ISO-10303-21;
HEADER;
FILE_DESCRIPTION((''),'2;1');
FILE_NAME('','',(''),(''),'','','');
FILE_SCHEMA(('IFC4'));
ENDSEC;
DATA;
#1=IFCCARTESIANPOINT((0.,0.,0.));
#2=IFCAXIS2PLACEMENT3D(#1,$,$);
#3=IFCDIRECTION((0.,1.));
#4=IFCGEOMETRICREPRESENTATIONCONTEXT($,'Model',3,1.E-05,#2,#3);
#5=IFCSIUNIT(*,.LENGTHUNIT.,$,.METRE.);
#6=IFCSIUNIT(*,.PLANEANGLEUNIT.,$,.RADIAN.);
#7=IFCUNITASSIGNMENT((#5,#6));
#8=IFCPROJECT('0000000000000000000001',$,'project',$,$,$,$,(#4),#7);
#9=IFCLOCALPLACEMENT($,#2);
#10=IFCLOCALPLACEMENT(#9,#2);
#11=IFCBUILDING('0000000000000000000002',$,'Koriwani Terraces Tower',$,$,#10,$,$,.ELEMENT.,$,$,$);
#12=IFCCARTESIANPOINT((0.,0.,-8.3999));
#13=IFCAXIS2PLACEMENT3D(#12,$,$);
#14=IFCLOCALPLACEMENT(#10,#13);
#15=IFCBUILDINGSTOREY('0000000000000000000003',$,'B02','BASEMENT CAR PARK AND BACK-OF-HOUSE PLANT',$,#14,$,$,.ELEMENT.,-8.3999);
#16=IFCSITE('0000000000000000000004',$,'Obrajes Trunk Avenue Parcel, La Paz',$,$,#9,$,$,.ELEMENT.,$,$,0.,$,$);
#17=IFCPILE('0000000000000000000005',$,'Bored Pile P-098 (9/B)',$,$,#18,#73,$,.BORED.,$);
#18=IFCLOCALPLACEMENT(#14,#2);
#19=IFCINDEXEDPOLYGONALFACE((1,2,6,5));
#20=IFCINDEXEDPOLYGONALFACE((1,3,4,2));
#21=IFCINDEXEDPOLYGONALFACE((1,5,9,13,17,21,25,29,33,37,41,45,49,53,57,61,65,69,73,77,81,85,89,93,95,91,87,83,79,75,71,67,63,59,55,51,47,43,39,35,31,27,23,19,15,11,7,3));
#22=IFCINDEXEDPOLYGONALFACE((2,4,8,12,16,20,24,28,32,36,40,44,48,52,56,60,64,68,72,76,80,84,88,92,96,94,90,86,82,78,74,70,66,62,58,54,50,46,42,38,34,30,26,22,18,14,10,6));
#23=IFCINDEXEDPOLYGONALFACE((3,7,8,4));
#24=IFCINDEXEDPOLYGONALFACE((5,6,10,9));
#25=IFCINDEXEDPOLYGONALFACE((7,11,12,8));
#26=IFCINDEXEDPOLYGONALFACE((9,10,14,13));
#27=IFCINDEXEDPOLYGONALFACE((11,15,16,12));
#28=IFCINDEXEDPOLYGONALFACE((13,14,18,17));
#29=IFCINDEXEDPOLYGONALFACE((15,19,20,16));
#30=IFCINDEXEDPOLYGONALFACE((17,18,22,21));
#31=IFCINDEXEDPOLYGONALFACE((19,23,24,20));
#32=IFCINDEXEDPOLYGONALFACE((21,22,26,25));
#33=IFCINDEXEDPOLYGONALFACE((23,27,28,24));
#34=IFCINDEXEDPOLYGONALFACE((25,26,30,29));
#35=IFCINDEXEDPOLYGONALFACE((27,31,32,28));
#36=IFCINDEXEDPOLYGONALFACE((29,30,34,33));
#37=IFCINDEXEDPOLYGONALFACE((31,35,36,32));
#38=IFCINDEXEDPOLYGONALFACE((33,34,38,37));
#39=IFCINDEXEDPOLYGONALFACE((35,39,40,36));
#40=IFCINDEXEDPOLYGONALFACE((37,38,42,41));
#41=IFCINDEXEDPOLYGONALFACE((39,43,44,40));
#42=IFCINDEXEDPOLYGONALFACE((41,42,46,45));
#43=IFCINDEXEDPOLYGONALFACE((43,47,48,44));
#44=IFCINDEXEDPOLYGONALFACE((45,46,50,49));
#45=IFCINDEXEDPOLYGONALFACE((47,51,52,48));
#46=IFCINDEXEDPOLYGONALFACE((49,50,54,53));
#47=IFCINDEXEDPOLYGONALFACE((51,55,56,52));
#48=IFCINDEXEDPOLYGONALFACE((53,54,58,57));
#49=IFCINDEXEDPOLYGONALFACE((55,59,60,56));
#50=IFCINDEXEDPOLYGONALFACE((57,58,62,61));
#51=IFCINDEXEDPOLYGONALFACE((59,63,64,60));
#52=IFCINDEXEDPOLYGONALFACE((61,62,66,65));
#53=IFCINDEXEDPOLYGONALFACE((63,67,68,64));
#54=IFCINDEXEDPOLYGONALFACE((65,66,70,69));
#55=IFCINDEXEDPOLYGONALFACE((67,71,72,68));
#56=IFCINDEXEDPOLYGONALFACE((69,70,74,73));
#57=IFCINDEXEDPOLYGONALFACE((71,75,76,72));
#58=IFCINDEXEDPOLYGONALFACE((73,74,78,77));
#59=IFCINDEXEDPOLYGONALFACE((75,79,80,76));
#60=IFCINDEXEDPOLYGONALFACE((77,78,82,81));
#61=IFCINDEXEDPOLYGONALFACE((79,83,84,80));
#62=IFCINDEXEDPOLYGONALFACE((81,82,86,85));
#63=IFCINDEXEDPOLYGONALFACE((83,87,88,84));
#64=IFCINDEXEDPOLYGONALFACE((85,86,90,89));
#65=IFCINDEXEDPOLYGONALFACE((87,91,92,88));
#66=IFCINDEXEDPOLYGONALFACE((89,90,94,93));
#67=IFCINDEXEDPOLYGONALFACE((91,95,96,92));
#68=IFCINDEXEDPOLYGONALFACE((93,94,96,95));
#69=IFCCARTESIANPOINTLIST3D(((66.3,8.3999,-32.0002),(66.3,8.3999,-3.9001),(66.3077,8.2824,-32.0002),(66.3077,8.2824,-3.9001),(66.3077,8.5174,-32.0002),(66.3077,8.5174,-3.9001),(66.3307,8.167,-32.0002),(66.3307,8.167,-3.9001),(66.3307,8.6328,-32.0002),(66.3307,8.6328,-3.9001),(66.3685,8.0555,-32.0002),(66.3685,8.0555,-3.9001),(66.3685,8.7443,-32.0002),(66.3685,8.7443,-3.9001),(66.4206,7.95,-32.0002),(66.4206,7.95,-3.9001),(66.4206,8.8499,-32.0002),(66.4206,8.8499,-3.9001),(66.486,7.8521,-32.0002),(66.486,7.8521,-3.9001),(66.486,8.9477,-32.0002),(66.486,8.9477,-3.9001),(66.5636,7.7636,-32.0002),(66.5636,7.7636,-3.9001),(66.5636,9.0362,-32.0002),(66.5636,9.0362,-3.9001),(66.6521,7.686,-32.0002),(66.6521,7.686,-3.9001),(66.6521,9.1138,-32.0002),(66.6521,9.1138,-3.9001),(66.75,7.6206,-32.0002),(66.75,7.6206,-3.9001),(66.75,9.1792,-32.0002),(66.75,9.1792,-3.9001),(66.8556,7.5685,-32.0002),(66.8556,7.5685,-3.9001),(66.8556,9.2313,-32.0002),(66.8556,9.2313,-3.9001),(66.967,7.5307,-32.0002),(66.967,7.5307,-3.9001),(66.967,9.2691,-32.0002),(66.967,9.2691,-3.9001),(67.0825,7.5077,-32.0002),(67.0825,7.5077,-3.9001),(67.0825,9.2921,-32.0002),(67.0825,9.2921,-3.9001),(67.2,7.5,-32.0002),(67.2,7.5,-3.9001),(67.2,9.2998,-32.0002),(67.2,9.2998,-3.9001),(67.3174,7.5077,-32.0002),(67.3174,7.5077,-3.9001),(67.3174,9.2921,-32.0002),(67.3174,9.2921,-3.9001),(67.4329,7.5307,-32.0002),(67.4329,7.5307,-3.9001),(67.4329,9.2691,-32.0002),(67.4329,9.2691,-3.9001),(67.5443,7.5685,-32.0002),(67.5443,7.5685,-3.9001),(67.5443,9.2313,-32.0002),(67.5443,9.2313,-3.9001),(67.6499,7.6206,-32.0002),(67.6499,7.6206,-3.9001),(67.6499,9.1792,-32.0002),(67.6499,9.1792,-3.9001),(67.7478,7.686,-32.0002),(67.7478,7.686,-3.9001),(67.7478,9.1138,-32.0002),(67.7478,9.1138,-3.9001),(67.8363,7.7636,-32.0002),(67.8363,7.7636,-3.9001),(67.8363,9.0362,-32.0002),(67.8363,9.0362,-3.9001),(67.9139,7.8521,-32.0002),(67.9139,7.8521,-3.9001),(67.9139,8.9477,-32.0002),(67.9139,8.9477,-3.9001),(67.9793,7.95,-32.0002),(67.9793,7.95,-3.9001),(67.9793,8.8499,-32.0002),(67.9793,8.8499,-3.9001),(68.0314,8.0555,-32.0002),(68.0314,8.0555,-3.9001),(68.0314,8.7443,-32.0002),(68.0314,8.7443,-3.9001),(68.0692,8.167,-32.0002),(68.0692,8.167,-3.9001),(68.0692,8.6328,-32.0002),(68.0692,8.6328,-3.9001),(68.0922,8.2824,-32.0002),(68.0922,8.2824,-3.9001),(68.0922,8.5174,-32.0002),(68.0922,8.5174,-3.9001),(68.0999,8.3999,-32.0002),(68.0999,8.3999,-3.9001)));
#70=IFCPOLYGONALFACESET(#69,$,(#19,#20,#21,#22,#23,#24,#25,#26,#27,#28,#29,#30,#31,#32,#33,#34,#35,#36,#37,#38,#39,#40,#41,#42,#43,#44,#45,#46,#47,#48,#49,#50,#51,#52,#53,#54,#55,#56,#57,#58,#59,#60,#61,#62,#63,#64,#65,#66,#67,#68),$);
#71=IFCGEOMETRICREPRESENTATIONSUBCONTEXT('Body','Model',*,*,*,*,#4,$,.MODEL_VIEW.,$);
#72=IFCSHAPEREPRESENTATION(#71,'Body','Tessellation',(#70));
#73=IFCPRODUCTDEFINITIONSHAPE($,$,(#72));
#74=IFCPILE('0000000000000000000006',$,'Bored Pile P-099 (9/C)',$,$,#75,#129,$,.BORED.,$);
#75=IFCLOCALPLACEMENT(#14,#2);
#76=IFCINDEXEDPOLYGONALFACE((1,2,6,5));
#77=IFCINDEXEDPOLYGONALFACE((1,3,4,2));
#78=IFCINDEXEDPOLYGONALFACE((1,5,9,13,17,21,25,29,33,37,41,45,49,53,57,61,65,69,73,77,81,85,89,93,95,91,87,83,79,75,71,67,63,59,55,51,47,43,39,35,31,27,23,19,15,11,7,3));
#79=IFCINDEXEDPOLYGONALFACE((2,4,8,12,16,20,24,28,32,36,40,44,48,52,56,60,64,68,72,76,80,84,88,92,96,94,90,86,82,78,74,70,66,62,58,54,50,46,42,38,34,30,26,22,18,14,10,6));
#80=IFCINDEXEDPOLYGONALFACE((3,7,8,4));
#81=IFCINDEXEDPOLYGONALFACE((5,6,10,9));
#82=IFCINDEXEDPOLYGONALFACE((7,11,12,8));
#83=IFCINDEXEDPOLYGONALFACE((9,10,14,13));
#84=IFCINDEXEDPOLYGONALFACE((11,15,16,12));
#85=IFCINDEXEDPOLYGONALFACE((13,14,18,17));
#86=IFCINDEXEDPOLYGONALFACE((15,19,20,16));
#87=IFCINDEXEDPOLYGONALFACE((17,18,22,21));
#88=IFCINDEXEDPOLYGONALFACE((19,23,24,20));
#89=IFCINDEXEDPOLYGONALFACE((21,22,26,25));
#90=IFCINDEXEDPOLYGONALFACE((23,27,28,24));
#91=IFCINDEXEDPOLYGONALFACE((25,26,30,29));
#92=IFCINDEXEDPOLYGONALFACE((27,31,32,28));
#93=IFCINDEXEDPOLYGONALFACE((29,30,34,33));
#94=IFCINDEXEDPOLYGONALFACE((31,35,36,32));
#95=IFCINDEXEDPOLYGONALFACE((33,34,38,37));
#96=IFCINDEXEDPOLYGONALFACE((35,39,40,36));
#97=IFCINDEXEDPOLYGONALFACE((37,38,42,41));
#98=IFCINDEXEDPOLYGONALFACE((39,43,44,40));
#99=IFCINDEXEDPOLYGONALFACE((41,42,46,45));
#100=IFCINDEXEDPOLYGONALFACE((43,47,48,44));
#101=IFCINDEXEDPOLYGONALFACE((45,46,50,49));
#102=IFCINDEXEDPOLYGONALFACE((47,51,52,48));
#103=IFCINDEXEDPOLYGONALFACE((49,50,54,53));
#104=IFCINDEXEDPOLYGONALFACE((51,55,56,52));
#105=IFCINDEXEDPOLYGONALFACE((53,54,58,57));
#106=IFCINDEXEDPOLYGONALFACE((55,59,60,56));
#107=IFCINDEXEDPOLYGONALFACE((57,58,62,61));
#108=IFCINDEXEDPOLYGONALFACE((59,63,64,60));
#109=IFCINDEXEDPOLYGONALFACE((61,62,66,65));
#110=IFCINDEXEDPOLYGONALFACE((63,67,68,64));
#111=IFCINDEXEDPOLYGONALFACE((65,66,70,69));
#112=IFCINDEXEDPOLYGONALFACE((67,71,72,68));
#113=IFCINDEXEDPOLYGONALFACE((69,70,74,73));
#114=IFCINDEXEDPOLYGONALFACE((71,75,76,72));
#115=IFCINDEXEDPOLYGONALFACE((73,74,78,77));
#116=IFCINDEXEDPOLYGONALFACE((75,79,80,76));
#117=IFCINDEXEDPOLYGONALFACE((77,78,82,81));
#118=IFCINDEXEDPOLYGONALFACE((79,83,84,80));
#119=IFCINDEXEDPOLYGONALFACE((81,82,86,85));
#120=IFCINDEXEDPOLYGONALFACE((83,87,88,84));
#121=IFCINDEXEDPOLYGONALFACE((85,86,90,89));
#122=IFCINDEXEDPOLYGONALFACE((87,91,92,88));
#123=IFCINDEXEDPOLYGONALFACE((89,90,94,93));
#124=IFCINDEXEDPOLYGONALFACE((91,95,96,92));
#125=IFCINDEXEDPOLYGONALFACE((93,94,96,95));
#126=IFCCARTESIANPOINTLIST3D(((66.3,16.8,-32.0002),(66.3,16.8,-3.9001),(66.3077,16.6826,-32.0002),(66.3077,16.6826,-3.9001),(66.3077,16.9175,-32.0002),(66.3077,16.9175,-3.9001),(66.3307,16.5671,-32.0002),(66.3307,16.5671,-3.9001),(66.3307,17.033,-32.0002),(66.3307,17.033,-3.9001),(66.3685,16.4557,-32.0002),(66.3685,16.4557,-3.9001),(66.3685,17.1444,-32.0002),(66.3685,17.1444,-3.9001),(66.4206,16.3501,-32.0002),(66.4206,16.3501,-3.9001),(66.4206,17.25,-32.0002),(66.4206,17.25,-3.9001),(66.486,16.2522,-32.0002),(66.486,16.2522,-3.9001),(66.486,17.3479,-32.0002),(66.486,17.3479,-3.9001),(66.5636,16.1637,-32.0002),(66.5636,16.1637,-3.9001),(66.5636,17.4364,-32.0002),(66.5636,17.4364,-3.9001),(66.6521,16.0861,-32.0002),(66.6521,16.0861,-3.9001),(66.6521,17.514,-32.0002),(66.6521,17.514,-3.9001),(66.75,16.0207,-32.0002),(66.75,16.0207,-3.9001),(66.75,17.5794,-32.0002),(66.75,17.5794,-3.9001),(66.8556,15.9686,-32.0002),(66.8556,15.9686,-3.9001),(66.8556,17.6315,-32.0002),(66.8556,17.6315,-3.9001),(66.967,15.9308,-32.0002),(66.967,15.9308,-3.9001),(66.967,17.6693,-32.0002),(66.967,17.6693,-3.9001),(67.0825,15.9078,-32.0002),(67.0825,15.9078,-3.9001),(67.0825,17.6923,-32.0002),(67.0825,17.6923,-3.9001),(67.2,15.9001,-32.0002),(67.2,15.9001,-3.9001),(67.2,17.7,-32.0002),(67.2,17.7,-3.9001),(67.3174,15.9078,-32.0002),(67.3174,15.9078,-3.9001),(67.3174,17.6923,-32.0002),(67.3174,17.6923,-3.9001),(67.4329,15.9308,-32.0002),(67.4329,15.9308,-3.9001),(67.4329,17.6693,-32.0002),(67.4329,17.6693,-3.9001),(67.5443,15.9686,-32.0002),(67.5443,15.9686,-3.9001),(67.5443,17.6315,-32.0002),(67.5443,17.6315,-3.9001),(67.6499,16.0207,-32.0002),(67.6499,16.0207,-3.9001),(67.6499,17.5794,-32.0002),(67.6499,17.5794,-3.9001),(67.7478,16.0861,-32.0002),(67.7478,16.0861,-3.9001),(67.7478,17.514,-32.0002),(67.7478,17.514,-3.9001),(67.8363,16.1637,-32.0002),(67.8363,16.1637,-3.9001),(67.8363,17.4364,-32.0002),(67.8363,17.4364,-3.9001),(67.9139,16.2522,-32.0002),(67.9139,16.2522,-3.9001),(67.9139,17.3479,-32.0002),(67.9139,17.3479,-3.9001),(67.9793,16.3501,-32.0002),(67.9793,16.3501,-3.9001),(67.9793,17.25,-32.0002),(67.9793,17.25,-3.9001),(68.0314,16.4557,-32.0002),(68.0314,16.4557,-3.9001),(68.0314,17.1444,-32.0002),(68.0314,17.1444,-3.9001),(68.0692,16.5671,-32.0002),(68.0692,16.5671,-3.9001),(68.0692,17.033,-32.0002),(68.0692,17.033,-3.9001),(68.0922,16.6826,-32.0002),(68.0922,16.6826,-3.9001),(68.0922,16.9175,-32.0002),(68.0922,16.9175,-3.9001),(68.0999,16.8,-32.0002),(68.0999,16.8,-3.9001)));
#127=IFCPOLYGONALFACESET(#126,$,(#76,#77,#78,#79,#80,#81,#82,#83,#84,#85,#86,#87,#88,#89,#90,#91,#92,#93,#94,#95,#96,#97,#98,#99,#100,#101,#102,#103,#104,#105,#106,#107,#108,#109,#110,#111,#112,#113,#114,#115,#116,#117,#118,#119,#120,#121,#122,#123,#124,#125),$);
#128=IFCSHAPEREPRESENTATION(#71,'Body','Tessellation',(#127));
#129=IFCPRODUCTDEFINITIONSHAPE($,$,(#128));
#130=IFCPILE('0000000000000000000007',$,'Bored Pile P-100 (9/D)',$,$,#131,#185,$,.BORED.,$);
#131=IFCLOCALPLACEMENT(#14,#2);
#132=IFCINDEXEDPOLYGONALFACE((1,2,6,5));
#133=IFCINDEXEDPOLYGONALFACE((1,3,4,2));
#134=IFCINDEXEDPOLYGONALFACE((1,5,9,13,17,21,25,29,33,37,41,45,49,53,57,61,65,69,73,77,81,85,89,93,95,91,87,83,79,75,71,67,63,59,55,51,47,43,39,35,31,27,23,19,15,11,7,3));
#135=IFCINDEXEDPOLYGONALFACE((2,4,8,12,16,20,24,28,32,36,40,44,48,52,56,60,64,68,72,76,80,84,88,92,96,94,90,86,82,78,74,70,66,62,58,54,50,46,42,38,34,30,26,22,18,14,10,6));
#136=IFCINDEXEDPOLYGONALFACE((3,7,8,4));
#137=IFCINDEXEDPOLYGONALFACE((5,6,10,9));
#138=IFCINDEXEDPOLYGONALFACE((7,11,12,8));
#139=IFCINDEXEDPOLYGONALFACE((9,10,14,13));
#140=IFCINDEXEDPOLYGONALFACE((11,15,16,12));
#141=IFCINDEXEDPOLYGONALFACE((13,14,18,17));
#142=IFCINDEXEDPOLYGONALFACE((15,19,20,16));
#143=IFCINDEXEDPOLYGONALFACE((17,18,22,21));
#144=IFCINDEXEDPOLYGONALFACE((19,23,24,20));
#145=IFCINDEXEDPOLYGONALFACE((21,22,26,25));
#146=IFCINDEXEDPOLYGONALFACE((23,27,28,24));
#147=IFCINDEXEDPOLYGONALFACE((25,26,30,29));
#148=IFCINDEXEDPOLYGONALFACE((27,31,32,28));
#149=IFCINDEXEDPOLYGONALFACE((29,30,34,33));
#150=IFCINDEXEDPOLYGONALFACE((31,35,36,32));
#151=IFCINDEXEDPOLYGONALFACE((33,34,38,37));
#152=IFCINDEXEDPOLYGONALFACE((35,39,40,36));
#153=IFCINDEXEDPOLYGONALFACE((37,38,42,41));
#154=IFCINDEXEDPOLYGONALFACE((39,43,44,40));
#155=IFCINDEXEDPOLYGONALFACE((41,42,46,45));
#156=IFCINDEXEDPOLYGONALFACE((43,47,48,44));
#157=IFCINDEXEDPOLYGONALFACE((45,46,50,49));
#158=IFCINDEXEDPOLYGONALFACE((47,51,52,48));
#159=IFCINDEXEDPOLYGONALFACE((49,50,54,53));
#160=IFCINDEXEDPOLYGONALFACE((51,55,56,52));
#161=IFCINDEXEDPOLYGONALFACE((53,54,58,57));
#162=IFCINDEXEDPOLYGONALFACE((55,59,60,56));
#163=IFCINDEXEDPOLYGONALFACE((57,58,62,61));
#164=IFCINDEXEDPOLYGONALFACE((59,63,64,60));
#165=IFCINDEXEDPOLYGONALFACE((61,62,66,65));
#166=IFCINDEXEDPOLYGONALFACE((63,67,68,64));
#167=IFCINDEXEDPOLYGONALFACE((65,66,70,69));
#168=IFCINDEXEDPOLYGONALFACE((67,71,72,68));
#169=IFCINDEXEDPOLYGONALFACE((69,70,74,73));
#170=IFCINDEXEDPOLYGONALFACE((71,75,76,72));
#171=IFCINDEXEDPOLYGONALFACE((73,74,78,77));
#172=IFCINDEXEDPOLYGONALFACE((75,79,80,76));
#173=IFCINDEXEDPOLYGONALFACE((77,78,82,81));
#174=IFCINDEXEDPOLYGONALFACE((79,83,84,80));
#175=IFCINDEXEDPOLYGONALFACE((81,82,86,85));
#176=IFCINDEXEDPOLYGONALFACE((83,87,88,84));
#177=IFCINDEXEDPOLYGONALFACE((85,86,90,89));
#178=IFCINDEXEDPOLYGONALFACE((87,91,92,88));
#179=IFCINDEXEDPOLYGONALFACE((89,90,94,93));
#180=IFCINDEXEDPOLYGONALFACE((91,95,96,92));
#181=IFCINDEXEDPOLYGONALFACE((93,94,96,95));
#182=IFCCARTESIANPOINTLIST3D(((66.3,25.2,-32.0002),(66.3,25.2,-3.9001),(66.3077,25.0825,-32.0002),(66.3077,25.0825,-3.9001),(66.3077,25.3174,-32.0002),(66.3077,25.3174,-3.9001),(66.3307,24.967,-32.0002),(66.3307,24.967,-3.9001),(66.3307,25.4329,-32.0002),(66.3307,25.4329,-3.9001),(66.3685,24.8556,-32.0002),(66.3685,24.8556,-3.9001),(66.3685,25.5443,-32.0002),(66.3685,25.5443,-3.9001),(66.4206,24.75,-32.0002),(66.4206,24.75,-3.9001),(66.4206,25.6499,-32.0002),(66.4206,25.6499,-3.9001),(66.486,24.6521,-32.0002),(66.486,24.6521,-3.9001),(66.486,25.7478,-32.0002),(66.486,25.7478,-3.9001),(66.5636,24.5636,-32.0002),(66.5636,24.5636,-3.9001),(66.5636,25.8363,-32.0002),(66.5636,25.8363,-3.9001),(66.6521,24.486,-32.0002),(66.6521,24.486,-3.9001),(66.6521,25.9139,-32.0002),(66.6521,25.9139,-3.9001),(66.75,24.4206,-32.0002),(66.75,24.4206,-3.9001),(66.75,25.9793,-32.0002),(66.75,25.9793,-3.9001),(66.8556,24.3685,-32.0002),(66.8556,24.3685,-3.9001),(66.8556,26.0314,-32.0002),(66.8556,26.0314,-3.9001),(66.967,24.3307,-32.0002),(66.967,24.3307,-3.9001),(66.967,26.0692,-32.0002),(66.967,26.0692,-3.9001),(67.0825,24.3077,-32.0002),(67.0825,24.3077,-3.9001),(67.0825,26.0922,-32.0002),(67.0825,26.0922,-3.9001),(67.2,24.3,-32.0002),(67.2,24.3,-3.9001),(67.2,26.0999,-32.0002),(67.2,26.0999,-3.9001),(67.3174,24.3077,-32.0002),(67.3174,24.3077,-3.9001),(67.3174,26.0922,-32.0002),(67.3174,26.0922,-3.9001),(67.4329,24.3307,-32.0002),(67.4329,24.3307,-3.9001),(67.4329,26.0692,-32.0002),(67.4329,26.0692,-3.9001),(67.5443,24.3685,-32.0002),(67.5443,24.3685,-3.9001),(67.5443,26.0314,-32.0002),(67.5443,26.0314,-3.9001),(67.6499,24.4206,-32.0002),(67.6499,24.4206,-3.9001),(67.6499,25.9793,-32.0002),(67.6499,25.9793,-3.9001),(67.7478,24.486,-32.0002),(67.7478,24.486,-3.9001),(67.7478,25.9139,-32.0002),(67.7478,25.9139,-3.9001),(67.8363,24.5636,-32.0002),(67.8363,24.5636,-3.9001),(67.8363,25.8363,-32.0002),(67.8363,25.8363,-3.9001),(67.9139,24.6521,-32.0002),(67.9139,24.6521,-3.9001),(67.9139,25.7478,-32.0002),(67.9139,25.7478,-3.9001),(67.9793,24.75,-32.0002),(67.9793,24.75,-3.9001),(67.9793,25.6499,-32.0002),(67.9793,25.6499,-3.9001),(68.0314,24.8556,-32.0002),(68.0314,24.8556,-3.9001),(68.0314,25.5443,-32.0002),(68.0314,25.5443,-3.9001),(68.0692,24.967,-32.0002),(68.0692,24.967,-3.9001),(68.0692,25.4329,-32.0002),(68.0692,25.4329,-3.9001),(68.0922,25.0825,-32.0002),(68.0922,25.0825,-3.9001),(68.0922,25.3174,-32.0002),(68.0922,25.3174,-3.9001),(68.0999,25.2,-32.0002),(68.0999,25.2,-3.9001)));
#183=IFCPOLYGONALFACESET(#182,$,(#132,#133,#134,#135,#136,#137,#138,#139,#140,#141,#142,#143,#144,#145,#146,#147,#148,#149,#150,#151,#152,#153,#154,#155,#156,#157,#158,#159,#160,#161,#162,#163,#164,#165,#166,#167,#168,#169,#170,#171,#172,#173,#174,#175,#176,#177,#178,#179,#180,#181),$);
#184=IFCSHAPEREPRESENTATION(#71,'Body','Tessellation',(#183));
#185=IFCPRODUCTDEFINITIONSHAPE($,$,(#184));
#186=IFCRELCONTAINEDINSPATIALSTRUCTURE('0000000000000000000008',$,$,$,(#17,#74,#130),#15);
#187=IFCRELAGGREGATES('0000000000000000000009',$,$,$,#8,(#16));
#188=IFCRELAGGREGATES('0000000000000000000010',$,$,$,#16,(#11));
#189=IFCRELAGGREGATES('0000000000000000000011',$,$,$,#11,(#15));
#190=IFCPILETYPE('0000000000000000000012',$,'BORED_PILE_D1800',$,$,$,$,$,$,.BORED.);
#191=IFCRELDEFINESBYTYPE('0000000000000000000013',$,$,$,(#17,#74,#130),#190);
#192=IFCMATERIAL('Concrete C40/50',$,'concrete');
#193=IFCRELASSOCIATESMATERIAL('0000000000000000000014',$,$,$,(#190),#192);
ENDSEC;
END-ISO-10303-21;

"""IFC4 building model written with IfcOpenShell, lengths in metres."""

from ifc_helpers import new_model, si_unit, direction, frame, origin, origin_2d, place, context, subcontext, project, spatial, circle, extrude, material, material_profile, profile_set, type_object, element, save


model = new_model("IFC4")

# Units and contexts
model_context = context("Model", 3, precision=1e-05, world=origin(), true_north=direction((0.0, 1.0)))
body_context = subcontext(model_context, "Body", "Model", "MODEL_VIEW")
ifc_project = project(units=[si_unit("LENGTHUNIT", "METRE"), si_unit("PLANEANGLEUNIT", "RADIAN")], contexts=[model_context])

# Site, building, storey
site_placement = place(None, origin())
site = spatial("IfcSite", under=ifc_project, at=site_placement, Name="Obrajes Trunk Avenue Parcel, La Paz", CompositionType="ELEMENT", RefElevation=0.0)
building_placement = place(site_placement, origin())
building = spatial("IfcBuilding", under=site, at=building_placement, Name="Koriwani Terraces Tower", CompositionType="ELEMENT")
storey_placement = place(building_placement, frame((0.0, 0.0, -8.3999)))
storey = spatial("IfcBuildingStorey", under=building, at=storey_placement, Name="B02", Description="BASEMENT CAR PARK AND BACK-OF-HOUSE PLANT", CompositionType="ELEMENT", Elevation=-8.3999)

# Piles
ifc_material_1 = material(Name="Concrete C40/50", Category="concrete")
ifc_material_profile_1 = material_profile(ifc_material_1, circle(Radius=0.8999, at=origin_2d()), Name="Concrete C40/50")
ifc_profile_set_1 = profile_set([ifc_material_profile_1], Name="Concrete C40/50")
pile_type = type_object("IfcPileType", Name="BORED_PILE_D1800", PredefinedType="BORED", material=ifc_profile_set_1)
for number, where, z_axis, x_axis, name in (
    (1, (67.2, 8.3999, -3.9001), (0.0, 0.0, -1.0), (1.0, 0.0, 0.0), "Bored Pile P-098 (9/B)"),
    (2, (67.2, 16.8, -3.9001), (0.0, 0.0, -1.0), (1.0, 0.0, 0.0), "Bored Pile P-099 (9/C)"),
    (3, (67.2, 25.2, -3.9001), (0.0, 0.0, -1.0), (1.0, 0.0, 0.0), "Bored Pile P-100 (9/D)"),
):
    element("IfcPile", number, at=place(storey_placement, frame(where, z_axis=z_axis, x_axis=x_axis)), inside=storey, type_object=pile_type, Name=name, PredefinedType="BORED", context=body_context, shape_type="SweptSolid", body=[
        extrude(circle(Radius=0.8999, at=origin_2d()), origin(), (0.0, 0.0, 1.0), 28.1001),
    ])

save(model, "model.ifc")
